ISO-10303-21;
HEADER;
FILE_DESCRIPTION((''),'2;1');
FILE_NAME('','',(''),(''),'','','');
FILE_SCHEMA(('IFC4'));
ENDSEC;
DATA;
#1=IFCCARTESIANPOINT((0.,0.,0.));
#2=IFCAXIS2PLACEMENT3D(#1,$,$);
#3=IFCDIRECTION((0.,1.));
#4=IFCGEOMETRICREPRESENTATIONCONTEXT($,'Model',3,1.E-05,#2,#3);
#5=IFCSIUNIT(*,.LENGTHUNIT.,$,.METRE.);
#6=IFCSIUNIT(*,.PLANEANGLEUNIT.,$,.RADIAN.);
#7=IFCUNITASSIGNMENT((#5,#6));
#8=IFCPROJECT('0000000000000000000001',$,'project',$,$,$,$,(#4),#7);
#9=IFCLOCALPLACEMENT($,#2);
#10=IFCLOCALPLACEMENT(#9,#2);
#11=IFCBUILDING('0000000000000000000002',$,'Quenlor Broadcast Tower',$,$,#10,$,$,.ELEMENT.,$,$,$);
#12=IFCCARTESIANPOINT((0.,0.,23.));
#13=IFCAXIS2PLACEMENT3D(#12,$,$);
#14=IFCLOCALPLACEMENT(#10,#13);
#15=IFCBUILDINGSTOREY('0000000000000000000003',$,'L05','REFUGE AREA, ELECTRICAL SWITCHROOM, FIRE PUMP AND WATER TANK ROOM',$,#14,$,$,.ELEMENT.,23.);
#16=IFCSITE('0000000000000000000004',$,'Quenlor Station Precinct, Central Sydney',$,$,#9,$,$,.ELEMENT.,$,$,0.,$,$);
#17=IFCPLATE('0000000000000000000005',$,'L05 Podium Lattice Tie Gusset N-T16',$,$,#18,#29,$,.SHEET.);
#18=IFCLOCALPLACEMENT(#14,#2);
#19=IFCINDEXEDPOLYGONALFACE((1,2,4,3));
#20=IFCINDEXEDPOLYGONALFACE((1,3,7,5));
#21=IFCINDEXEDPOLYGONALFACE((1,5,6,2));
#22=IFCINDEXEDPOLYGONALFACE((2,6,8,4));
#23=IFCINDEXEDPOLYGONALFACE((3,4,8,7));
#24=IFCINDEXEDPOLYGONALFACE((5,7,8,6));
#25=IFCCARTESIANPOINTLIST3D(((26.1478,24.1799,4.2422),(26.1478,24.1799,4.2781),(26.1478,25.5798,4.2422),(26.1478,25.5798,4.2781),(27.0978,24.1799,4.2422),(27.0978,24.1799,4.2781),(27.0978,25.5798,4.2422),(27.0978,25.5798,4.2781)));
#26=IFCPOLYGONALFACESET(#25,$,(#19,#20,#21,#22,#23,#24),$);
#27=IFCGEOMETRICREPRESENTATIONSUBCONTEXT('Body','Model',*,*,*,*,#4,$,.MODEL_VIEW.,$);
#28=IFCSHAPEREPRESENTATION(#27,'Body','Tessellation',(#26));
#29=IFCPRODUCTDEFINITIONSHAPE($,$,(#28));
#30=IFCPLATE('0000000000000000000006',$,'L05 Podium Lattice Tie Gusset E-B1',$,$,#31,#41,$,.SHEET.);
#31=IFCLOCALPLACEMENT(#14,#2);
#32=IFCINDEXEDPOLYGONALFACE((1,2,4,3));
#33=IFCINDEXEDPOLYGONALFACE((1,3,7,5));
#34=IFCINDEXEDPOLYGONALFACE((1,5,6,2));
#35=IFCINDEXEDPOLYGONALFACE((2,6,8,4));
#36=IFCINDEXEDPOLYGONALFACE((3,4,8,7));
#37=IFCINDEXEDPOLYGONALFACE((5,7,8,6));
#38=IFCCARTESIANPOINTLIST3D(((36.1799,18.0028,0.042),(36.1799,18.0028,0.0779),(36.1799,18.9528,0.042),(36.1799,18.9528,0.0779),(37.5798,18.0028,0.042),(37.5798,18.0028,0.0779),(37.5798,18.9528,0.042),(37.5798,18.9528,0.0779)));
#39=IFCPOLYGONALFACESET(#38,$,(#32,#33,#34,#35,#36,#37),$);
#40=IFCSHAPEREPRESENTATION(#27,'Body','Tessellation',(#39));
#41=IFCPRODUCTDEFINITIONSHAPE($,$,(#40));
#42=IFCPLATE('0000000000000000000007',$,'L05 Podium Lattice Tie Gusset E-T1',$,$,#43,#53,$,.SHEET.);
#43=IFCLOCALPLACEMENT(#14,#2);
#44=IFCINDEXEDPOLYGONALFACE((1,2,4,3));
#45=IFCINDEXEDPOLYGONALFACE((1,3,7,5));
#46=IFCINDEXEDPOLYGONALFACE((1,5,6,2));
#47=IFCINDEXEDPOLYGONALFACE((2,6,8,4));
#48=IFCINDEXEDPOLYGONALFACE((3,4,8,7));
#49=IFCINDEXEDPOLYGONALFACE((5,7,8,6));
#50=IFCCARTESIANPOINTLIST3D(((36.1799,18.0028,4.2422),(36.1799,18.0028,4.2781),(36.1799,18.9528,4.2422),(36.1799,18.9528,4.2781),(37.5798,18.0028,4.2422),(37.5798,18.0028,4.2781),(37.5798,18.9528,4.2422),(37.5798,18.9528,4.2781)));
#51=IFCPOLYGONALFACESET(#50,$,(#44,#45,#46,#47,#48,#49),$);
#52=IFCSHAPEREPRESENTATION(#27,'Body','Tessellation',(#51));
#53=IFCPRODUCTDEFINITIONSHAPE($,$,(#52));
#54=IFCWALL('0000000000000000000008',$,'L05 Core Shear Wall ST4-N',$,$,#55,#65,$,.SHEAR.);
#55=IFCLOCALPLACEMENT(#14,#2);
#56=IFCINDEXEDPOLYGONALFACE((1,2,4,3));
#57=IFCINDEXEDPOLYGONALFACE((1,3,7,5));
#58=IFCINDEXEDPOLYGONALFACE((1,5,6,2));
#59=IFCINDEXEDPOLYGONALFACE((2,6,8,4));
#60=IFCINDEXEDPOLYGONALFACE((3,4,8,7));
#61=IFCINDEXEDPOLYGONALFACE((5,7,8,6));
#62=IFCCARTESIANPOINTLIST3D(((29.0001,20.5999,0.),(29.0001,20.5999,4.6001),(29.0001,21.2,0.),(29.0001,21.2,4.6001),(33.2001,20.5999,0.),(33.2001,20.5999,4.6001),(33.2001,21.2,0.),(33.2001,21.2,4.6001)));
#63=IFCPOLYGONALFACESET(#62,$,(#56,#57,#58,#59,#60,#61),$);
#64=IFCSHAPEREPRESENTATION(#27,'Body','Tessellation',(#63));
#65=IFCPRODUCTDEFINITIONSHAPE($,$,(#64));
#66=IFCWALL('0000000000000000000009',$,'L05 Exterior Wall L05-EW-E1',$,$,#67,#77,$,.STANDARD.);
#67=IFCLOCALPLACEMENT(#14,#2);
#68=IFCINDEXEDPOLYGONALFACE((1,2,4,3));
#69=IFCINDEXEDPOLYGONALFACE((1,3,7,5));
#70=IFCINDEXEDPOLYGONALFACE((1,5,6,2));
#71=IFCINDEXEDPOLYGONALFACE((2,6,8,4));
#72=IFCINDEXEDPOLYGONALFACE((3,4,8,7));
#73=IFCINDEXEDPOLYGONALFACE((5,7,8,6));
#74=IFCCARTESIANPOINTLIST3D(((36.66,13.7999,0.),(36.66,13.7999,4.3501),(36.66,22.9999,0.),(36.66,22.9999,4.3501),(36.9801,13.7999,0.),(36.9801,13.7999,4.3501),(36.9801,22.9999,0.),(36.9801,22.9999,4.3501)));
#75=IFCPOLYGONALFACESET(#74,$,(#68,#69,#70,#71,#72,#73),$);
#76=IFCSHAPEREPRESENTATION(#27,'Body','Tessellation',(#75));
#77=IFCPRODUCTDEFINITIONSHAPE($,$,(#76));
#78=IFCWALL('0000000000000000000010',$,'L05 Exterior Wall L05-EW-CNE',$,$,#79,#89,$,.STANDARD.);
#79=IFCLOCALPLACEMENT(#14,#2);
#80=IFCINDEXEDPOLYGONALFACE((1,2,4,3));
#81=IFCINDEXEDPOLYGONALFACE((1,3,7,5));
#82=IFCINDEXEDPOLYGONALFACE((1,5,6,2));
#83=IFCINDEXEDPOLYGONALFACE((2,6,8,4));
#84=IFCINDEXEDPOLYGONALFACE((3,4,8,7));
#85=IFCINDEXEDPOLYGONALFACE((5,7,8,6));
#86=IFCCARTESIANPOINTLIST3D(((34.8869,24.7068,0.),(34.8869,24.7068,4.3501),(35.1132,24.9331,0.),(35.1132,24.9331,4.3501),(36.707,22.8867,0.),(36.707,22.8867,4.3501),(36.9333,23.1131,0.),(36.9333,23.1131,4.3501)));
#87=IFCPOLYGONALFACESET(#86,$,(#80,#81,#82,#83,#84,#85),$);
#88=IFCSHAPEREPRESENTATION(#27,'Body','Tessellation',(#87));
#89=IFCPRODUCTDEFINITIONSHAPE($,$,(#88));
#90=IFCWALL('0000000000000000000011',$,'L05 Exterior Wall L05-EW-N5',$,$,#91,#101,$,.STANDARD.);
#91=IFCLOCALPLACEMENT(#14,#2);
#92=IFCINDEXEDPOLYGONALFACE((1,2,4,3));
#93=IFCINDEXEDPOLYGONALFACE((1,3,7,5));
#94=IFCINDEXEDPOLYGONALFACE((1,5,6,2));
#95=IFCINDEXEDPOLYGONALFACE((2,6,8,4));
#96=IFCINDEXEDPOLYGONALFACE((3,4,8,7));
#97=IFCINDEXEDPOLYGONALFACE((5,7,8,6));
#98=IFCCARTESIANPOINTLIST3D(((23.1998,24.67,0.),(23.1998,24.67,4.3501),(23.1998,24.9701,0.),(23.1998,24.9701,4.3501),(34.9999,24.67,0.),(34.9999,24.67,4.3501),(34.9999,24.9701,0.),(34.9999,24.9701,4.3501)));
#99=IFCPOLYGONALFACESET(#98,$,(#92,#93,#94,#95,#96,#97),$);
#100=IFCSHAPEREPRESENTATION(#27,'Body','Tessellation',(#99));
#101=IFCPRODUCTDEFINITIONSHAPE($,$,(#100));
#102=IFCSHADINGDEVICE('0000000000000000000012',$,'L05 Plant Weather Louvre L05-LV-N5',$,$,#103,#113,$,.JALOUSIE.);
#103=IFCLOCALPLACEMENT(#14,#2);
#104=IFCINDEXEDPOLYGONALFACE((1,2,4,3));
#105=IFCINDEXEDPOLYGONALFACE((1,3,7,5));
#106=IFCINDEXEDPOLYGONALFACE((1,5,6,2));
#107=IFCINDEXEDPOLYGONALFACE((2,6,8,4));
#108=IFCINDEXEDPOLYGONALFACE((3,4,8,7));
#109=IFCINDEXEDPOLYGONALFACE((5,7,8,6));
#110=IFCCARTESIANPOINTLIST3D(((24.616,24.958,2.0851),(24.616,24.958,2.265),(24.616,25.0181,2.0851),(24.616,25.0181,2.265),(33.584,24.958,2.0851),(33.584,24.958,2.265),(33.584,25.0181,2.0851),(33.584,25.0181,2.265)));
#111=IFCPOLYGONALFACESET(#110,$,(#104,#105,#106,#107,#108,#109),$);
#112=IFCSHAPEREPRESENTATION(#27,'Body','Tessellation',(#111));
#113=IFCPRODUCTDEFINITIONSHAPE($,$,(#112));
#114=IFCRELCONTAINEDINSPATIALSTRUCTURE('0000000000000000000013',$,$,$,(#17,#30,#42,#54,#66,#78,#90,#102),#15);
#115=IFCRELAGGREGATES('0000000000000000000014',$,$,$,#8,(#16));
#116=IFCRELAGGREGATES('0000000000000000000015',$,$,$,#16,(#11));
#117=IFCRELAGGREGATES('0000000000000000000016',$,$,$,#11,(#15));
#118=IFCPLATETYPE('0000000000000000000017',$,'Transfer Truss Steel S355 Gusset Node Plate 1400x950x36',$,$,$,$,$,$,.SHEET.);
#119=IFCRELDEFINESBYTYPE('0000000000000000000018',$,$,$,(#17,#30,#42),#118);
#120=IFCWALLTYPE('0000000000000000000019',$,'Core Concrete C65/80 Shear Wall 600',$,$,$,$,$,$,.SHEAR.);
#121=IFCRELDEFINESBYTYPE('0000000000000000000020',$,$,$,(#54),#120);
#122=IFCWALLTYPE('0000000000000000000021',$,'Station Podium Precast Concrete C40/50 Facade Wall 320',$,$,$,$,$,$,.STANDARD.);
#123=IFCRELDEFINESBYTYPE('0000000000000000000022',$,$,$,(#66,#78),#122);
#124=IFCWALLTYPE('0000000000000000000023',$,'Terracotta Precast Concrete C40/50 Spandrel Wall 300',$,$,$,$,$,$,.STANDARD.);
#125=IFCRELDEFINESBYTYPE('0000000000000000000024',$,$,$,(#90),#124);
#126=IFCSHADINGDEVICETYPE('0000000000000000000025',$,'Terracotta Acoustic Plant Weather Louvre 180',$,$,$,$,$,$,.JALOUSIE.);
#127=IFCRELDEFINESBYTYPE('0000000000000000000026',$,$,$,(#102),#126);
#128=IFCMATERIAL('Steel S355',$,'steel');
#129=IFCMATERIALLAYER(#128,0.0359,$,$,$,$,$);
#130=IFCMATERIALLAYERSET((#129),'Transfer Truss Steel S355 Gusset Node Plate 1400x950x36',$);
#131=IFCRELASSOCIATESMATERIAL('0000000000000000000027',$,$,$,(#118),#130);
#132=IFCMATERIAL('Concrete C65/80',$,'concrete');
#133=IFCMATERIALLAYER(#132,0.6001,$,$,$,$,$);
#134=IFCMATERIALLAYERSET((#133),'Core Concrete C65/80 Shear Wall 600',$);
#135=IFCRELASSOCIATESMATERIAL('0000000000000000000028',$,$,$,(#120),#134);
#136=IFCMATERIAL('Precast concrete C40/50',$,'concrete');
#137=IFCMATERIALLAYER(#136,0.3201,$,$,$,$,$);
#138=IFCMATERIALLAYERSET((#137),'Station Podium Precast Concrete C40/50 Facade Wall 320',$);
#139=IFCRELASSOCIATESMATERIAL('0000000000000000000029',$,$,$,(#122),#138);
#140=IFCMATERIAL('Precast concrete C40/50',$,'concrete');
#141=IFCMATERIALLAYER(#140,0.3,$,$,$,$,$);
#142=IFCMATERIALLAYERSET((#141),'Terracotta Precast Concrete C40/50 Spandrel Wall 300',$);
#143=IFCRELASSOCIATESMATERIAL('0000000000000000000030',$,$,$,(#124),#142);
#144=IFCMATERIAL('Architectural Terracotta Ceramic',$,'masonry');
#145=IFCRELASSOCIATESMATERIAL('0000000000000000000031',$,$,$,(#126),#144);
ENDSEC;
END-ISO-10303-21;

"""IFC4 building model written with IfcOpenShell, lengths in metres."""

from ifc_helpers import new_model, si_unit, direction, frame, frame_2d, origin, origin_2d, place, context, subcontext, project, spatial, rectangle, extrude, material, layer, layer_set, material_profile, profile_set, type_object, element, save


model = new_model("IFC4")

# Units and contexts
model_context = context("Model", 3, precision=1e-05, world=origin(), true_north=direction((0.0, 1.0)))
body_context = subcontext(model_context, "Body", "Model", "MODEL_VIEW")
ifc_project = project(units=[si_unit("LENGTHUNIT", "METRE"), si_unit("PLANEANGLEUNIT", "RADIAN")], contexts=[model_context])

# Site, building, storey
site_placement = place(None, origin())
site = spatial("IfcSite", under=ifc_project, at=site_placement, Name="Quenlor Station Precinct, Central Sydney", CompositionType="ELEMENT", RefElevation=0.0)
building_placement = place(site_placement, origin())
building = spatial("IfcBuilding", under=site, at=building_placement, Name="Quenlor Broadcast Tower", CompositionType="ELEMENT")
storey_placement = place(building_placement, frame((0.0, 0.0, 23.0)))
storey = spatial("IfcBuildingStorey", under=building, at=storey_placement, Name="L05", Description="REFUGE AREA, ELECTRICAL SWITCHROOM, FIRE PUMP AND WATER TANK ROOM", CompositionType="ELEMENT", Elevation=23.0)

# Plates
ifc_material_1 = material(Name="Steel S355", Category="steel")
ifc_layer_1 = layer(ifc_material_1, 0.0359)
ifc_layer_set_1 = layer_set([ifc_layer_1], Name="Transfer Truss Steel S355 Gusset Node Plate 1400x950x36")
plate_type_1 = type_object("IfcPlateType", Name="Transfer Truss Steel S355 Gusset Node Plate 1400x950x36", PredefinedType="SHEET", material=ifc_layer_set_1)
for number, where, z_axis, x_axis, name in (
    (1, (26.6228, 24.8799, 4.2422), (0.0, 0.0, 1.0), (0.0, 1.0, 0.0), "L05 Podium Lattice Tie Gusset N-T16"),
    (2, (36.8799, 18.4778, 0.042), (0.0, 0.0, 1.0), (1.0, 0.0, 0.0), "L05 Podium Lattice Tie Gusset E-B1"),
    (3, (36.8799, 18.4778, 4.2422), (0.0, 0.0, 1.0), (1.0, 0.0, 0.0), "L05 Podium Lattice Tie Gusset E-T1"),
):
    element("IfcPlate", number, at=place(storey_placement, frame(where, z_axis=z_axis, x_axis=x_axis)), inside=storey, type_object=plate_type_1, Name=name, PredefinedType="SHEET", context=body_context, shape_type="SweptSolid", body=[
        extrude(rectangle(XDim=1.3999, YDim=0.95, at=origin_2d()), origin(), (0.0, 0.0, 1.0), 0.0359),
    ])

# Walls
ifc_material_2 = material(Name="Concrete C65/80", Category="concrete")
ifc_layer_2 = layer(ifc_material_2, 0.6001)
ifc_layer_set_2 = layer_set([ifc_layer_2], Name="Core Concrete C65/80 Shear Wall 600")
wall_type_1 = type_object("IfcWallType", Name="Core Concrete C65/80 Shear Wall 600", PredefinedType="SHEAR", material=ifc_layer_set_2)
wall_1_placement = place(storey_placement, frame((29.0, 20.8999, 0.0), z_axis=(0.0, 0.0, 1.0), x_axis=(1.0, 0.0, 0.0)))
element("IfcWall", 4, at=wall_1_placement, inside=storey, type_object=wall_type_1, Name="L05 Core Shear Wall ST4-N", PredefinedType="SHEAR", context=body_context, shape_type="SweptSolid", body=[
    extrude(rectangle(XDim=4.2, YDim=0.6001, at=frame_2d((2.1001, 0.0))), origin(), (0.0, 0.0, 1.0), 4.6001),
])
ifc_material_3 = material(Name="Precast concrete C40/50", Category="concrete")
ifc_layer_3 = layer(ifc_material_3, 0.3201)
ifc_layer_set_3 = layer_set([ifc_layer_3], Name="Station Podium Precast Concrete C40/50 Facade Wall 320")
wall_type_2 = type_object("IfcWallType", Name="Station Podium Precast Concrete C40/50 Facade Wall 320", PredefinedType="STANDARD", material=ifc_layer_set_3)
wall_2_placement = place(storey_placement, frame((36.8201, 23.0, 0.0), z_axis=(0.0, 0.0, 1.0), x_axis=(0.0, -1.0, 0.0)))
element("IfcWall", 5, at=wall_2_placement, inside=storey, type_object=wall_type_2, Name="L05 Exterior Wall L05-EW-E1", PredefinedType="STANDARD", context=body_context, shape_type="SweptSolid", body=[
    extrude(rectangle(XDim=9.2, YDim=0.3201, at=frame_2d((4.6001, 0.0))), origin(), (0.0, 0.0, 1.0), 4.3501),
])
wall_3_placement = place(storey_placement, frame((35.0, 24.8201, 0.0), z_axis=(0.0, 0.0, 1.0), x_axis=(0.707107, -0.707107, 0.0)))
element("IfcWall", 6, at=wall_3_placement, inside=storey, type_object=wall_type_2, Name="L05 Exterior Wall L05-EW-CNE", PredefinedType="STANDARD", context=body_context, shape_type="SweptSolid", body=[
    extrude(rectangle(XDim=2.574, YDim=0.3201, at=frame_2d((1.2871, 0.0))), origin(), (0.0, 0.0, 1.0), 4.3501),
])
ifc_material_4 = material(Name="Precast concrete C40/50", Category="concrete")
ifc_layer_4 = layer(ifc_material_4, 0.3)
ifc_layer_set_4 = layer_set([ifc_layer_4], Name="Terracotta Precast Concrete C40/50 Spandrel Wall 300")
wall_type_3 = type_object("IfcWallType", Name="Terracotta Precast Concrete C40/50 Spandrel Wall 300", PredefinedType="STANDARD", material=ifc_layer_set_4)
wall_4_placement = place(storey_placement, frame((23.2, 24.8201, 0.0), z_axis=(0.0, 0.0, 1.0), x_axis=(1.0, 0.0, 0.0)))
element("IfcWall", 7, at=wall_4_placement, inside=storey, type_object=wall_type_3, Name="L05 Exterior Wall L05-EW-N5", PredefinedType="STANDARD", context=body_context, shape_type="SweptSolid", body=[
    extrude(rectangle(XDim=11.8, YDim=0.3, at=frame_2d((5.8999, 0.0))), origin(), (0.0, 0.0, 1.0), 4.3501),
])

# Shading device
ifc_material_5 = material(Name="Architectural Terracotta Ceramic", Category="masonry")
ifc_material_profile_1 = material_profile(ifc_material_5, rectangle(XDim=0.0601, YDim=0.1799, at=origin_2d()))
ifc_profile_set_1 = profile_set([ifc_material_profile_1], Name="Architectural Terracotta Ceramic LVR60x180")
shading_device_type = type_object("IfcShadingDeviceType", Name="Terracotta Acoustic Plant Weather Louvre 180", PredefinedType="JALOUSIE", material=ifc_profile_set_1)
shading_device_placement = place(storey_placement, frame((24.616, 24.988, 2.175), z_axis=(1.0, 0.0, 0.0), x_axis=(0.0, 1.0, 0.0)))
element("IfcShadingDevice", 8, at=shading_device_placement, inside=storey, type_object=shading_device_type, Name="L05 Plant Weather Louvre L05-LV-N5", PredefinedType="JALOUSIE", context=body_context, shape_type="SweptSolid", body=[
    extrude(rectangle(XDim=0.0601, YDim=0.1799, at=origin_2d()), origin(), (0.0, 0.0, 1.0), 8.968),
])

save(model, "model.ifc")
